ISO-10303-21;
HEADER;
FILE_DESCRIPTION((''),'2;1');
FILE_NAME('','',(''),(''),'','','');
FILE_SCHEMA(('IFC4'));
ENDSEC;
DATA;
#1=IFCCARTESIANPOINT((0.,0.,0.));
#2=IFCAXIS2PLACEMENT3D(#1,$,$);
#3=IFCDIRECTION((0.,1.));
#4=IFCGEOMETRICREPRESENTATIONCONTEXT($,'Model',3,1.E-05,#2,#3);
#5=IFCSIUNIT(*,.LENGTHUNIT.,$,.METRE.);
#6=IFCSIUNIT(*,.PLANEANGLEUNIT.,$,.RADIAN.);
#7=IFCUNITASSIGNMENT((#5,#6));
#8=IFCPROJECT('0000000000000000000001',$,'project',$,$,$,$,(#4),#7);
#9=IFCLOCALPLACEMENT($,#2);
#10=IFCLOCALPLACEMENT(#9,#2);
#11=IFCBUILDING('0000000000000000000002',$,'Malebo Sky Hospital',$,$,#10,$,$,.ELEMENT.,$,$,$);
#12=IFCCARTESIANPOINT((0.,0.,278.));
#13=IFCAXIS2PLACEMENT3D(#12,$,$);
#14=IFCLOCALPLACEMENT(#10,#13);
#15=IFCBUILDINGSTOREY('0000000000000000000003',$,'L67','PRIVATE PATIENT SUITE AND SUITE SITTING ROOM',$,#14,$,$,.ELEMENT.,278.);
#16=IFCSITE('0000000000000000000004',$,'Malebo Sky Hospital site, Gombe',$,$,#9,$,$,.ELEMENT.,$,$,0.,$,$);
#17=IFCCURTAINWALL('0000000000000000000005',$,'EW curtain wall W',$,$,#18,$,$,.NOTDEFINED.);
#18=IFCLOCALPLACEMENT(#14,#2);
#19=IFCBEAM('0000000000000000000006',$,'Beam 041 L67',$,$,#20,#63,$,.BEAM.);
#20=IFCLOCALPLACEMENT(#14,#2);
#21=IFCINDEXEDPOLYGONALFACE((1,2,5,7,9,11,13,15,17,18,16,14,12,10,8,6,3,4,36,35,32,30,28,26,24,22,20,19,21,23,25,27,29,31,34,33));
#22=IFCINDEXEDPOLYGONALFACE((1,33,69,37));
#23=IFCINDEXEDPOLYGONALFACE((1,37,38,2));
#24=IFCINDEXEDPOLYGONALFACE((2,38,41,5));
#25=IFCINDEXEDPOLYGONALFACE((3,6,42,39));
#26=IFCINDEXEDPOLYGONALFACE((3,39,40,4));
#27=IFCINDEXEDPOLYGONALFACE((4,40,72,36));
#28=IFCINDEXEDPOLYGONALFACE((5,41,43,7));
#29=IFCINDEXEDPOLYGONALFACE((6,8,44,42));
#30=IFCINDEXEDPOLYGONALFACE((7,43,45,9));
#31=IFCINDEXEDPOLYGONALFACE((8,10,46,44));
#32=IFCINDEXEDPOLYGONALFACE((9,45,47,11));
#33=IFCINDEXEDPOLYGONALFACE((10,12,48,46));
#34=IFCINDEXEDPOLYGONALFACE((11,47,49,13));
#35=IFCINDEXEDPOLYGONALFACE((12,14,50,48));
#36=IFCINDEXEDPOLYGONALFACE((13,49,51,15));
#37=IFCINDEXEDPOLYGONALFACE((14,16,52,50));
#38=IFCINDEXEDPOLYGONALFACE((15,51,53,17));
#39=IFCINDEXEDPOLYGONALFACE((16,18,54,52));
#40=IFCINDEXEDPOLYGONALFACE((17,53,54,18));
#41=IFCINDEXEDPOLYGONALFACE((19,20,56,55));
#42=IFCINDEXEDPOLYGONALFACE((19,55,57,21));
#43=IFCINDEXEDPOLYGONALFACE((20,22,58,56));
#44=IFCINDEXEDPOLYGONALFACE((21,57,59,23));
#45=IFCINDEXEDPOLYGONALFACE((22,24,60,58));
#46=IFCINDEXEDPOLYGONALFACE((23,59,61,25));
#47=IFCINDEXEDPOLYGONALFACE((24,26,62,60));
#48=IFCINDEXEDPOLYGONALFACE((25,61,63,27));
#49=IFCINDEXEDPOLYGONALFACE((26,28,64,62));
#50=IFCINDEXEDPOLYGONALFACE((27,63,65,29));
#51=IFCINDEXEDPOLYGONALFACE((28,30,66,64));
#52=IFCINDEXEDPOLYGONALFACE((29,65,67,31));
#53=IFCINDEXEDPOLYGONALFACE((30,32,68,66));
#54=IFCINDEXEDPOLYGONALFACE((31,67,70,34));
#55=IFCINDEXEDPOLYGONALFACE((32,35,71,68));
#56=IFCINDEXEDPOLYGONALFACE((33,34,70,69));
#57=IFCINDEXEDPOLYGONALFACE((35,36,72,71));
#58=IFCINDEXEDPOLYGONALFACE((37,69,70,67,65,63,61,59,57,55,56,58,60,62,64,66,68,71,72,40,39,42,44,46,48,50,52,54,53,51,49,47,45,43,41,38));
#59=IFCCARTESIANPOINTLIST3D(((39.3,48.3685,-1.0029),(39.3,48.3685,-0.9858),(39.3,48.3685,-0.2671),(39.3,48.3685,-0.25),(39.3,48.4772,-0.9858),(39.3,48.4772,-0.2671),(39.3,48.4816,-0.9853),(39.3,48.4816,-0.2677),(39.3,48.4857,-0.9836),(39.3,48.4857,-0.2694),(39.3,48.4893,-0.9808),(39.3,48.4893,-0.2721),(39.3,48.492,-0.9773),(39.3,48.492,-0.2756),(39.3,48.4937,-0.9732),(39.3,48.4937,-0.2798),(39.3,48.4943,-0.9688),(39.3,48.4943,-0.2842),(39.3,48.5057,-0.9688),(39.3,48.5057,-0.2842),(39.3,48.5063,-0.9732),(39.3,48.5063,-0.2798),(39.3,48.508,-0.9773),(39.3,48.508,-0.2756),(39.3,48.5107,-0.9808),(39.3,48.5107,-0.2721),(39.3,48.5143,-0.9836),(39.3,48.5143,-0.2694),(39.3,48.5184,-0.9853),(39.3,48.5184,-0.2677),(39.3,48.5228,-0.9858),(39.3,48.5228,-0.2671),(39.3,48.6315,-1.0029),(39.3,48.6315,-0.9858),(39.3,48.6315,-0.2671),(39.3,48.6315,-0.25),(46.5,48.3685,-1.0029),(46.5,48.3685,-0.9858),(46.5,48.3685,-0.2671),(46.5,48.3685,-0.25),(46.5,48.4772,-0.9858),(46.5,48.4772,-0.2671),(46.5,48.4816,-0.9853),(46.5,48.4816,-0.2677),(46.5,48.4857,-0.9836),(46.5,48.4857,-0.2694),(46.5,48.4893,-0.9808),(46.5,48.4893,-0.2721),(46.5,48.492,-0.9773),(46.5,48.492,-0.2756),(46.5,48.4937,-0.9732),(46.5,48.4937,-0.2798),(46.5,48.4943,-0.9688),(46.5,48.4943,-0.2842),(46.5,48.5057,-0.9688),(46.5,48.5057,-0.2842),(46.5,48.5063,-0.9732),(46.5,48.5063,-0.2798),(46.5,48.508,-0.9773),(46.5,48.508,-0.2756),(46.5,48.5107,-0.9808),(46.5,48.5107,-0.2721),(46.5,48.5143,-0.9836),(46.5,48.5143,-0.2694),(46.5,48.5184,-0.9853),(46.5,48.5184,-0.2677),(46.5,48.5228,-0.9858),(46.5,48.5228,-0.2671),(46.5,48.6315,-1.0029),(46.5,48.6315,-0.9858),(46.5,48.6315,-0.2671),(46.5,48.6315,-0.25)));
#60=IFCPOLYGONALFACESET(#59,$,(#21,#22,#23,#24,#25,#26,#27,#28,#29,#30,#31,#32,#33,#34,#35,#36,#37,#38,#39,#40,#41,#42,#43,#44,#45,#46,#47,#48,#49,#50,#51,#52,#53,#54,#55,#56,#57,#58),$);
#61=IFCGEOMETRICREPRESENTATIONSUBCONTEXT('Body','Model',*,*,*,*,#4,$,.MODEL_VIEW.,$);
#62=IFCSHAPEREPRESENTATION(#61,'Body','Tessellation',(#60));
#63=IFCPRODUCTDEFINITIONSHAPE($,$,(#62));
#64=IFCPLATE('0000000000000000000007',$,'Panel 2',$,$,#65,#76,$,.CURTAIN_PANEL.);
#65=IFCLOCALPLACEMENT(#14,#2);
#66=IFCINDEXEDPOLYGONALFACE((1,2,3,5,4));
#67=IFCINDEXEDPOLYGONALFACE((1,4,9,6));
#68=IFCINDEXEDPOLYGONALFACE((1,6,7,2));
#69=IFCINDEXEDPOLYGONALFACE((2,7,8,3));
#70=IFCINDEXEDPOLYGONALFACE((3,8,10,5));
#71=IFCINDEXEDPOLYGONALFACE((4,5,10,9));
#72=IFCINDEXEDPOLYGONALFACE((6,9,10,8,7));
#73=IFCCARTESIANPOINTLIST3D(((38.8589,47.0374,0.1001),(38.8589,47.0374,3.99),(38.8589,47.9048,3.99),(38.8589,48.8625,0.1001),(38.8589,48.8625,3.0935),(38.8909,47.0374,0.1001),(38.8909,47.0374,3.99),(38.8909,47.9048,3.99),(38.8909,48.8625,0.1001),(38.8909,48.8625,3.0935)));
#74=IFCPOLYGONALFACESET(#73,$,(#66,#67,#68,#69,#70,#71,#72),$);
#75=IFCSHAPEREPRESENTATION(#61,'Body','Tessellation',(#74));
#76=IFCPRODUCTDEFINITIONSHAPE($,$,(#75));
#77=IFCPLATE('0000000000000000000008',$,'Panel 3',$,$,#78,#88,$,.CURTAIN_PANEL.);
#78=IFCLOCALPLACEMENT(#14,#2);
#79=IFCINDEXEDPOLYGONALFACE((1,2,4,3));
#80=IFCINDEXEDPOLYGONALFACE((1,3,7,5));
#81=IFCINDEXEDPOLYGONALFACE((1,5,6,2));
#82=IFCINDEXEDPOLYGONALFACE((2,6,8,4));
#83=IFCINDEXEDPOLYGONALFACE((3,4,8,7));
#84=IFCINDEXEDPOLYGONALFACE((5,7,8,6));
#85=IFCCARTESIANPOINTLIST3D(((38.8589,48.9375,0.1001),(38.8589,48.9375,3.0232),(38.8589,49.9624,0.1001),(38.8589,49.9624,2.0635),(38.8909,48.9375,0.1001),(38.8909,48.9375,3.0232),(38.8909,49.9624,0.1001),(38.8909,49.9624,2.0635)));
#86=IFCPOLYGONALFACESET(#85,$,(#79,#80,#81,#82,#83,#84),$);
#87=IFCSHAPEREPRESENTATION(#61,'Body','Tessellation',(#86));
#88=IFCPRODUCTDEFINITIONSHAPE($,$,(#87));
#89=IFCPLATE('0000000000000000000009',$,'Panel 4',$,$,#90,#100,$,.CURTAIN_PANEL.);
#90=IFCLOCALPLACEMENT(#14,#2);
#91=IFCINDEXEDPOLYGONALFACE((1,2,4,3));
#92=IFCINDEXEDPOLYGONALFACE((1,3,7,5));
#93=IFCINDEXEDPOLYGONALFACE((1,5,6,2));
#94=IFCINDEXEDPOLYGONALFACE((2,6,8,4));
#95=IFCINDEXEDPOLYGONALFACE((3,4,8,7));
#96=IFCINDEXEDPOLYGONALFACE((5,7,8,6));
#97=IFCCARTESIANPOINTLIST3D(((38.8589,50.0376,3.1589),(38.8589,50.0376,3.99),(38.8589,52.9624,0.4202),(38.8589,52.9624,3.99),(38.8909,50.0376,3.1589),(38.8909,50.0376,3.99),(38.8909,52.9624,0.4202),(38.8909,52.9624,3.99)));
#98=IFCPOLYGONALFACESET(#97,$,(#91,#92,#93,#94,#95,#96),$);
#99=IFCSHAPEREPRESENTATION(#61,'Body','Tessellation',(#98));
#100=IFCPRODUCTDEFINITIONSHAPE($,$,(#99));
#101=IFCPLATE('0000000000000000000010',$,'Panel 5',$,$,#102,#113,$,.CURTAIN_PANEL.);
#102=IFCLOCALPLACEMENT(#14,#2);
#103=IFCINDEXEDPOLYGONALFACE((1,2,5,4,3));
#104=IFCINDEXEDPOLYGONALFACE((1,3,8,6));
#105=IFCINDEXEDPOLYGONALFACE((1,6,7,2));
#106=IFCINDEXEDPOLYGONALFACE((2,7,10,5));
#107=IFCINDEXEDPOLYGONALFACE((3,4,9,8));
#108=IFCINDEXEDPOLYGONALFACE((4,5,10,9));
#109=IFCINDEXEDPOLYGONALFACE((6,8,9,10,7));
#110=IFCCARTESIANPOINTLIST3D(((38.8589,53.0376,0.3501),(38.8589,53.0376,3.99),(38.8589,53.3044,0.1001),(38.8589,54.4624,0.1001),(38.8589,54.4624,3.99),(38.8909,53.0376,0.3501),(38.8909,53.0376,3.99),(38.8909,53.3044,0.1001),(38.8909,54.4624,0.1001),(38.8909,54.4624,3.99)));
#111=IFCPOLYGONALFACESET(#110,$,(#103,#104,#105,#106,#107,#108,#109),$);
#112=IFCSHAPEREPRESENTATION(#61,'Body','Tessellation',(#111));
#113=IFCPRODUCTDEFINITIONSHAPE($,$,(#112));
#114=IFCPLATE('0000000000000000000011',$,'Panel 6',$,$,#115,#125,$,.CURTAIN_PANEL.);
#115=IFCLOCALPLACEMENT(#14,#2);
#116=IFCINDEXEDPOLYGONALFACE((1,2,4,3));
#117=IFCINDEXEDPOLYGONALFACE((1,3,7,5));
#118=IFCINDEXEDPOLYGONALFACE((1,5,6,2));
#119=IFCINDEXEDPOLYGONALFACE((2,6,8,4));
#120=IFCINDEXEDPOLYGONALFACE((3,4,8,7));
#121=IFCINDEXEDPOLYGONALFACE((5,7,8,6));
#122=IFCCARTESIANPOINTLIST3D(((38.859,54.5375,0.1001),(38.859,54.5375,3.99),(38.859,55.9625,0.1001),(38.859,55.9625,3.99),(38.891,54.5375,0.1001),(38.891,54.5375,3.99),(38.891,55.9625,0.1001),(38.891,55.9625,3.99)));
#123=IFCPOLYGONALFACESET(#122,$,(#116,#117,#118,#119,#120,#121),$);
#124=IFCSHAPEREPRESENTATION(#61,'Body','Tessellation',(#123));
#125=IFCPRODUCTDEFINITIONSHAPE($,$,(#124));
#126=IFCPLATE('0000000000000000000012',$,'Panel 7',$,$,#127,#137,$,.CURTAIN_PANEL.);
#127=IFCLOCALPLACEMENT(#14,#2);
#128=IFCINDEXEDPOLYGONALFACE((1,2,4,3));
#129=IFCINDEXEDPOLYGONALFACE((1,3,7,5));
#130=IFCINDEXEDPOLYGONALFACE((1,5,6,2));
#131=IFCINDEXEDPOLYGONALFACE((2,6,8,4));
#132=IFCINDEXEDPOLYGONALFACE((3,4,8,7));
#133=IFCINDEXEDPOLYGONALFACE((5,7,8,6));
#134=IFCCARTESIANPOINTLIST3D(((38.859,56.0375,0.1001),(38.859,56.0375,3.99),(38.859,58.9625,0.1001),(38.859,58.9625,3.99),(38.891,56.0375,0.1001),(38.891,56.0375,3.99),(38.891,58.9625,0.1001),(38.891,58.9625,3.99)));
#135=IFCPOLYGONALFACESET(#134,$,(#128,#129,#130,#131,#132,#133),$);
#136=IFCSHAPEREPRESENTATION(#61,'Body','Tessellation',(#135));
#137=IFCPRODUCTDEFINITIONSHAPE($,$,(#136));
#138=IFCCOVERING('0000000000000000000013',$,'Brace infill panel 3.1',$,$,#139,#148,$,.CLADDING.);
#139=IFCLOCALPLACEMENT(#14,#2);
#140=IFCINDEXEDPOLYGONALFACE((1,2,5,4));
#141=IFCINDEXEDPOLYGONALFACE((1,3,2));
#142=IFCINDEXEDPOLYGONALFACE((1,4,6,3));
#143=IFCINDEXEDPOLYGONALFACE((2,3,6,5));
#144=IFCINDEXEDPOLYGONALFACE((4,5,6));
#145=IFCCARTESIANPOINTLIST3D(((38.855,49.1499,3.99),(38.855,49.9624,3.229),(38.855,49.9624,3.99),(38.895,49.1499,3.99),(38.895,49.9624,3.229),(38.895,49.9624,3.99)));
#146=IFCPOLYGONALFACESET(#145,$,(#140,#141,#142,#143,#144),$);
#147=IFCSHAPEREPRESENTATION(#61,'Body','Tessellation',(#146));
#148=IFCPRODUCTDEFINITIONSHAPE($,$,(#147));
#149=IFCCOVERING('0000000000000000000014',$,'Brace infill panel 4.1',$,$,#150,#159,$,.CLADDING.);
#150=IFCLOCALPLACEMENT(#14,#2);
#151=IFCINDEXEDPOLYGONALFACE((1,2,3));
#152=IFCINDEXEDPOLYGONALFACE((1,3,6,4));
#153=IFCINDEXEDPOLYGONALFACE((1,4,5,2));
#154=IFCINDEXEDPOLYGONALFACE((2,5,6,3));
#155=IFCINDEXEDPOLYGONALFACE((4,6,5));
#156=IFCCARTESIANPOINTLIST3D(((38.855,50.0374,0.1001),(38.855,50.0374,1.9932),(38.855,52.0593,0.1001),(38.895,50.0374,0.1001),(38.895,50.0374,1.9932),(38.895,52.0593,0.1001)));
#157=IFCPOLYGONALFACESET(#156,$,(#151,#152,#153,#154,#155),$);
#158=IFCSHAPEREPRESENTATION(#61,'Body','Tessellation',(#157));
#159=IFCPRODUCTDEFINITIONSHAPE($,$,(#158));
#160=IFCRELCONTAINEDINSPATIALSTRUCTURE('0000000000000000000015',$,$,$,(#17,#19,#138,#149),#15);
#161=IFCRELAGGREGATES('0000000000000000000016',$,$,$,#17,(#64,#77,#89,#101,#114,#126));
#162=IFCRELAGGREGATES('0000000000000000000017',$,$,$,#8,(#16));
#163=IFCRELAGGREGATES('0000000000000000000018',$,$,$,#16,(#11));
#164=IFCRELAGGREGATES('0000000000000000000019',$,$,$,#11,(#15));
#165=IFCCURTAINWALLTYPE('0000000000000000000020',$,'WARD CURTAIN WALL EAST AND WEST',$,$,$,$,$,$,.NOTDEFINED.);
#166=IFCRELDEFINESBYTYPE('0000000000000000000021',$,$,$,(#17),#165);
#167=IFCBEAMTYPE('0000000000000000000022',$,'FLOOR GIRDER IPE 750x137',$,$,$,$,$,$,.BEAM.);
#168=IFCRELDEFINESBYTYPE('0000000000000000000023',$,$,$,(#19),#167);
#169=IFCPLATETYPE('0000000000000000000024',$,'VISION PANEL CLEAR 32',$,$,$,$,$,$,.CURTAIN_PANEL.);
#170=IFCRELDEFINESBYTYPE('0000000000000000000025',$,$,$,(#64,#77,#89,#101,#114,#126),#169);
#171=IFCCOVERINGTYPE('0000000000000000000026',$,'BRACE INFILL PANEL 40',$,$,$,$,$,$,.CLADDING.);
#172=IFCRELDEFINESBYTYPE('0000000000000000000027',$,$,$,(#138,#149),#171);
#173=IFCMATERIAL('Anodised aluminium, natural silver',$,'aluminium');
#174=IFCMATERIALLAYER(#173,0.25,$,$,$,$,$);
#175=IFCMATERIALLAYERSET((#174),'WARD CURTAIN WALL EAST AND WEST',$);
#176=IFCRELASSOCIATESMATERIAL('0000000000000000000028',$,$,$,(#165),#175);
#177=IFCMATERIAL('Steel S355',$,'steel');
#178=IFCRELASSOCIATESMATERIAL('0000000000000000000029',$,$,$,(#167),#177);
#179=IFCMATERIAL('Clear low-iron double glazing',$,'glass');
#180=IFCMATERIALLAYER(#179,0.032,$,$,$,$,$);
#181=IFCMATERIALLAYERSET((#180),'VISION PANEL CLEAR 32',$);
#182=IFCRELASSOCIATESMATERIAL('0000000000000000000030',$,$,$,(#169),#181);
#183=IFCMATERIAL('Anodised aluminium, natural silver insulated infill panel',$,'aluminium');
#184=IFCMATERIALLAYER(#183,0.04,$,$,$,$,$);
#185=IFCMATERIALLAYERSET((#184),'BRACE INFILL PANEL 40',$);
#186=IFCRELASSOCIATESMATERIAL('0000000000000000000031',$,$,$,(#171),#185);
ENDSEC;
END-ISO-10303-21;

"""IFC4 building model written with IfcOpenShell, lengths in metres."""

from ifc_helpers import new_model, si_unit, direction, frame, origin, origin_2d, place, context, subcontext, project, spatial, polyline, rectangle, i_section, outline, extrude, material, layer, layer_set, material_profile, profile_set, type_object, element, aggregate, save


model = new_model("IFC4")

# Units and contexts
model_context = context("Model", 3, precision=1e-05, world=origin(), true_north=direction((0.0, 1.0)))
body_context = subcontext(model_context, "Body", "Model", "MODEL_VIEW")
ifc_project = project(units=[si_unit("LENGTHUNIT", "METRE"), si_unit("PLANEANGLEUNIT", "RADIAN")], contexts=[model_context])

# Site, building, storey
site_placement = place(None, origin())
site = spatial("IfcSite", under=ifc_project, at=site_placement, Name="Malebo Sky Hospital site, Gombe", CompositionType="ELEMENT", RefElevation=0.0)
building_placement = place(site_placement, origin())
building = spatial("IfcBuilding", under=site, at=building_placement, Name="Malebo Sky Hospital", CompositionType="ELEMENT")
storey_placement = place(building_placement, frame((0.0, 0.0, 278.0)))
storey = spatial("IfcBuildingStorey", under=building, at=storey_placement, Name="L67", Description="PRIVATE PATIENT SUITE AND SUITE SITTING ROOM", CompositionType="ELEMENT", Elevation=278.0)

# Curtain wall
ifc_material_1 = material(Name="Anodised aluminium, natural silver", Category="aluminium")
ifc_layer_1 = layer(ifc_material_1, 0.25)
ifc_layer_set_1 = layer_set([ifc_layer_1], Name="WARD CURTAIN WALL EAST AND WEST")
curtain_wall_type = type_object("IfcCurtainWallType", Name="WARD CURTAIN WALL EAST AND WEST", PredefinedType="NOTDEFINED", material=ifc_layer_set_1)
curtain_wall_placement = place(storey_placement, origin())
curtain_wall = element("IfcCurtainWall", 1, at=curtain_wall_placement, inside=storey, type_object=curtain_wall_type, Name="EW curtain wall W", PredefinedType="NOTDEFINED")

# Shared definitions
ifc_material_2 = material(Name="Steel S355", Category="steel")

# Beam
ifc_material_profile_1 = material_profile(ifc_material_2, i_section(OverallWidth=0.2629, OverallDepth=0.7529, WebThickness=0.0115, FlangeThickness=0.0171, FilletRadius=0.0171, at=origin_2d()), Name="IPE 750x137")
ifc_profile_set_1 = profile_set([ifc_material_profile_1], Name="Steel S355")
beam_type_1 = type_object("IfcBeamType", Name="FLOOR GIRDER IPE 750x137", PredefinedType="BEAM", material=ifc_profile_set_1)
beam_1_placement = place(storey_placement, frame((39.3, 48.5, -0.6265), z_axis=(1.0, 0.0, 0.0), x_axis=(0.0, 1.0, 0.0)))
element("IfcBeam", 2, at=beam_1_placement, inside=storey, type_object=beam_type_1, Name="Beam 041 L67", PredefinedType="BEAM", context=body_context, shape_type="SweptSolid", body=[
    extrude(i_section(OverallWidth=0.2629, OverallDepth=0.7529, WebThickness=0.0115, FlangeThickness=0.0171, FilletRadius=0.0171, at=origin_2d()), origin(), (0.0, 0.0, 1.0), 7.2),
])

# Plates
ifc_material_3 = material(Name="Clear low-iron double glazing", Category="glass")
ifc_layer_2 = layer(ifc_material_3, 0.032)
ifc_layer_set_2 = layer_set([ifc_layer_2], Name="VISION PANEL CLEAR 32")
plate_type = type_object("IfcPlateType", Name="VISION PANEL CLEAR 32", PredefinedType="CURTAIN_PANEL", material=ifc_layer_set_2)
plate_1_placement = place(storey_placement, frame((38.875, 47.95, 0.1001), z_axis=(0.0, 0.0, 1.0), x_axis=(0.0, 1.0, 0.0)))
plate_1 = element("IfcPlate", 3, at=plate_1_placement, type_object=plate_type, Name="Panel 2", PredefinedType="CURTAIN_PANEL", context=body_context, shape_type="SweptSolid", body=[
    extrude(outline(polyline([(-0.9126, 0.0), (0.9126, 0.0), (0.9126, 2.9934), (-0.0452, 3.8899), (-0.9126, 3.8899), (-0.9126, 0.0)])), frame((0.0, 0.0161, 0.0), z_axis=(0.0, -1.0, 0.0), x_axis=(1.0, 0.0, 0.0)), (0.0, 0.0, 1.0), 0.032),
])
plate_2_placement = place(storey_placement, frame((38.875, 49.45, 0.1001), z_axis=(0.0, 0.0, 1.0), x_axis=(0.0, 1.0, 0.0)))
plate_2 = element("IfcPlate", 4, at=plate_2_placement, type_object=plate_type, Name="Panel 3", PredefinedType="CURTAIN_PANEL", context=body_context, shape_type="SweptSolid", body=[
    extrude(outline(polyline([(-0.5125, 0.0), (0.5125, 0.0), (0.5125, 1.9634), (-0.5125, 2.9231), (-0.5125, 0.0)])), frame((0.0, 0.0161, 0.0), z_axis=(0.0, -1.0, 0.0), x_axis=(1.0, 0.0, 0.0)), (0.0, 0.0, 1.0), 0.032),
])
plate_3_placement = place(storey_placement, frame((38.875, 51.5, 0.4202), z_axis=(0.0, 0.0, 1.0), x_axis=(0.0, 1.0, 0.0)))
plate_3 = element("IfcPlate", 5, at=plate_3_placement, type_object=plate_type, Name="Panel 4", PredefinedType="CURTAIN_PANEL", context=body_context, shape_type="SweptSolid", body=[
    extrude(outline(polyline([(1.4624, 0.0), (1.4624, 3.5698), (-1.4624, 3.5698), (-1.4624, 2.7388), (1.4624, 0.0)])), frame((0.0, 0.0161, 0.0), z_axis=(0.0, -1.0, 0.0), x_axis=(1.0, 0.0, 0.0)), (0.0, 0.0, 1.0), 0.032),
])
plate_4_placement = place(storey_placement, frame((38.875, 53.75, 0.1001), z_axis=(0.0, 0.0, 1.0), x_axis=(0.0, 1.0, 0.0)))
plate_4 = element("IfcPlate", 6, at=plate_4_placement, type_object=plate_type, Name="Panel 5", PredefinedType="CURTAIN_PANEL", context=body_context, shape_type="SweptSolid", body=[
    extrude(outline(polyline([(-0.4456, 0.0), (0.7124, 0.0), (0.7124, 3.8899), (-0.7124, 3.8899), (-0.7124, 0.25), (-0.4456, 0.0)])), frame((0.0, 0.0161, 0.0), z_axis=(0.0, -1.0, 0.0), x_axis=(1.0, 0.0, 0.0)), (0.0, 0.0, 1.0), 0.032),
])
plate_5_placement = place(storey_placement, frame((38.875, 55.25, 0.1001), z_axis=(0.0, 0.0, 1.0), x_axis=(0.0, 1.0, 0.0)))
plate_5 = element("IfcPlate", 7, at=plate_5_placement, type_object=plate_type, Name="Panel 6", PredefinedType="CURTAIN_PANEL", context=body_context, shape_type="SweptSolid", body=[
    extrude(rectangle(XDim=1.425, YDim=0.032, at=origin_2d()), origin(), (0.0, 0.0, 1.0), 3.8899),
])
plate_6_placement = place(storey_placement, frame((38.875, 57.5, 0.1001), z_axis=(0.0, 0.0, 1.0), x_axis=(0.0, 1.0, 0.0)))
plate_6 = element("IfcPlate", 8, at=plate_6_placement, type_object=plate_type, Name="Panel 7", PredefinedType="CURTAIN_PANEL", context=body_context, shape_type="SweptSolid", body=[
    extrude(rectangle(XDim=2.925, YDim=0.032, at=origin_2d()), origin(), (0.0, 0.0, 1.0), 3.8899),
])
aggregate(curtain_wall, [plate_1, plate_2, plate_3, plate_4, plate_5, plate_6])

# Coverings
ifc_material_4 = material(Name="Anodised aluminium, natural silver insulated infill panel", Category="aluminium")
ifc_layer_3 = layer(ifc_material_4, 0.04)
ifc_layer_set_3 = layer_set([ifc_layer_3], Name="BRACE INFILL PANEL 40")
covering_type = type_object("IfcCoveringType", Name="BRACE INFILL PANEL 40", PredefinedType="CLADDING", material=ifc_layer_set_3)
covering_1_placement = place(storey_placement, frame((38.875, 49.5562, 3.229), z_axis=(0.0, 0.0, 1.0), x_axis=(0.0, 1.0, 0.0)))
element("IfcCovering", 9, at=covering_1_placement, inside=storey, type_object=covering_type, Name="Brace infill panel 3.1", PredefinedType="CLADDING", context=body_context, shape_type="SweptSolid", body=[
    extrude(outline(polyline([(0.4062, 0.0), (0.4062, 0.761), (-0.4062, 0.761), (0.4062, 0.0)])), frame((0.0, 0.02, 0.0), z_axis=(0.0, -1.0, 0.0), x_axis=(1.0, 0.0, 0.0)), (0.0, 0.0, 1.0), 0.04),
])
covering_2_placement = place(storey_placement, frame((38.875, 51.0483, 0.1001), z_axis=(0.0, 0.0, 1.0), x_axis=(0.0, 1.0, 0.0)))
element("IfcCovering", 10, at=covering_2_placement, inside=storey, type_object=covering_type, Name="Brace infill panel 4.1", PredefinedType="CLADDING", context=body_context, shape_type="SweptSolid", body=[
    extrude(outline(polyline([(-1.011, 0.0), (1.011, 0.0), (-1.011, 1.8931), (-1.011, 0.0)])), frame((0.0, 0.02, 0.0), z_axis=(0.0, -1.0, 0.0), x_axis=(1.0, 0.0, 0.0)), (0.0, 0.0, 1.0), 0.04),
])

save(model, "model.ifc")
